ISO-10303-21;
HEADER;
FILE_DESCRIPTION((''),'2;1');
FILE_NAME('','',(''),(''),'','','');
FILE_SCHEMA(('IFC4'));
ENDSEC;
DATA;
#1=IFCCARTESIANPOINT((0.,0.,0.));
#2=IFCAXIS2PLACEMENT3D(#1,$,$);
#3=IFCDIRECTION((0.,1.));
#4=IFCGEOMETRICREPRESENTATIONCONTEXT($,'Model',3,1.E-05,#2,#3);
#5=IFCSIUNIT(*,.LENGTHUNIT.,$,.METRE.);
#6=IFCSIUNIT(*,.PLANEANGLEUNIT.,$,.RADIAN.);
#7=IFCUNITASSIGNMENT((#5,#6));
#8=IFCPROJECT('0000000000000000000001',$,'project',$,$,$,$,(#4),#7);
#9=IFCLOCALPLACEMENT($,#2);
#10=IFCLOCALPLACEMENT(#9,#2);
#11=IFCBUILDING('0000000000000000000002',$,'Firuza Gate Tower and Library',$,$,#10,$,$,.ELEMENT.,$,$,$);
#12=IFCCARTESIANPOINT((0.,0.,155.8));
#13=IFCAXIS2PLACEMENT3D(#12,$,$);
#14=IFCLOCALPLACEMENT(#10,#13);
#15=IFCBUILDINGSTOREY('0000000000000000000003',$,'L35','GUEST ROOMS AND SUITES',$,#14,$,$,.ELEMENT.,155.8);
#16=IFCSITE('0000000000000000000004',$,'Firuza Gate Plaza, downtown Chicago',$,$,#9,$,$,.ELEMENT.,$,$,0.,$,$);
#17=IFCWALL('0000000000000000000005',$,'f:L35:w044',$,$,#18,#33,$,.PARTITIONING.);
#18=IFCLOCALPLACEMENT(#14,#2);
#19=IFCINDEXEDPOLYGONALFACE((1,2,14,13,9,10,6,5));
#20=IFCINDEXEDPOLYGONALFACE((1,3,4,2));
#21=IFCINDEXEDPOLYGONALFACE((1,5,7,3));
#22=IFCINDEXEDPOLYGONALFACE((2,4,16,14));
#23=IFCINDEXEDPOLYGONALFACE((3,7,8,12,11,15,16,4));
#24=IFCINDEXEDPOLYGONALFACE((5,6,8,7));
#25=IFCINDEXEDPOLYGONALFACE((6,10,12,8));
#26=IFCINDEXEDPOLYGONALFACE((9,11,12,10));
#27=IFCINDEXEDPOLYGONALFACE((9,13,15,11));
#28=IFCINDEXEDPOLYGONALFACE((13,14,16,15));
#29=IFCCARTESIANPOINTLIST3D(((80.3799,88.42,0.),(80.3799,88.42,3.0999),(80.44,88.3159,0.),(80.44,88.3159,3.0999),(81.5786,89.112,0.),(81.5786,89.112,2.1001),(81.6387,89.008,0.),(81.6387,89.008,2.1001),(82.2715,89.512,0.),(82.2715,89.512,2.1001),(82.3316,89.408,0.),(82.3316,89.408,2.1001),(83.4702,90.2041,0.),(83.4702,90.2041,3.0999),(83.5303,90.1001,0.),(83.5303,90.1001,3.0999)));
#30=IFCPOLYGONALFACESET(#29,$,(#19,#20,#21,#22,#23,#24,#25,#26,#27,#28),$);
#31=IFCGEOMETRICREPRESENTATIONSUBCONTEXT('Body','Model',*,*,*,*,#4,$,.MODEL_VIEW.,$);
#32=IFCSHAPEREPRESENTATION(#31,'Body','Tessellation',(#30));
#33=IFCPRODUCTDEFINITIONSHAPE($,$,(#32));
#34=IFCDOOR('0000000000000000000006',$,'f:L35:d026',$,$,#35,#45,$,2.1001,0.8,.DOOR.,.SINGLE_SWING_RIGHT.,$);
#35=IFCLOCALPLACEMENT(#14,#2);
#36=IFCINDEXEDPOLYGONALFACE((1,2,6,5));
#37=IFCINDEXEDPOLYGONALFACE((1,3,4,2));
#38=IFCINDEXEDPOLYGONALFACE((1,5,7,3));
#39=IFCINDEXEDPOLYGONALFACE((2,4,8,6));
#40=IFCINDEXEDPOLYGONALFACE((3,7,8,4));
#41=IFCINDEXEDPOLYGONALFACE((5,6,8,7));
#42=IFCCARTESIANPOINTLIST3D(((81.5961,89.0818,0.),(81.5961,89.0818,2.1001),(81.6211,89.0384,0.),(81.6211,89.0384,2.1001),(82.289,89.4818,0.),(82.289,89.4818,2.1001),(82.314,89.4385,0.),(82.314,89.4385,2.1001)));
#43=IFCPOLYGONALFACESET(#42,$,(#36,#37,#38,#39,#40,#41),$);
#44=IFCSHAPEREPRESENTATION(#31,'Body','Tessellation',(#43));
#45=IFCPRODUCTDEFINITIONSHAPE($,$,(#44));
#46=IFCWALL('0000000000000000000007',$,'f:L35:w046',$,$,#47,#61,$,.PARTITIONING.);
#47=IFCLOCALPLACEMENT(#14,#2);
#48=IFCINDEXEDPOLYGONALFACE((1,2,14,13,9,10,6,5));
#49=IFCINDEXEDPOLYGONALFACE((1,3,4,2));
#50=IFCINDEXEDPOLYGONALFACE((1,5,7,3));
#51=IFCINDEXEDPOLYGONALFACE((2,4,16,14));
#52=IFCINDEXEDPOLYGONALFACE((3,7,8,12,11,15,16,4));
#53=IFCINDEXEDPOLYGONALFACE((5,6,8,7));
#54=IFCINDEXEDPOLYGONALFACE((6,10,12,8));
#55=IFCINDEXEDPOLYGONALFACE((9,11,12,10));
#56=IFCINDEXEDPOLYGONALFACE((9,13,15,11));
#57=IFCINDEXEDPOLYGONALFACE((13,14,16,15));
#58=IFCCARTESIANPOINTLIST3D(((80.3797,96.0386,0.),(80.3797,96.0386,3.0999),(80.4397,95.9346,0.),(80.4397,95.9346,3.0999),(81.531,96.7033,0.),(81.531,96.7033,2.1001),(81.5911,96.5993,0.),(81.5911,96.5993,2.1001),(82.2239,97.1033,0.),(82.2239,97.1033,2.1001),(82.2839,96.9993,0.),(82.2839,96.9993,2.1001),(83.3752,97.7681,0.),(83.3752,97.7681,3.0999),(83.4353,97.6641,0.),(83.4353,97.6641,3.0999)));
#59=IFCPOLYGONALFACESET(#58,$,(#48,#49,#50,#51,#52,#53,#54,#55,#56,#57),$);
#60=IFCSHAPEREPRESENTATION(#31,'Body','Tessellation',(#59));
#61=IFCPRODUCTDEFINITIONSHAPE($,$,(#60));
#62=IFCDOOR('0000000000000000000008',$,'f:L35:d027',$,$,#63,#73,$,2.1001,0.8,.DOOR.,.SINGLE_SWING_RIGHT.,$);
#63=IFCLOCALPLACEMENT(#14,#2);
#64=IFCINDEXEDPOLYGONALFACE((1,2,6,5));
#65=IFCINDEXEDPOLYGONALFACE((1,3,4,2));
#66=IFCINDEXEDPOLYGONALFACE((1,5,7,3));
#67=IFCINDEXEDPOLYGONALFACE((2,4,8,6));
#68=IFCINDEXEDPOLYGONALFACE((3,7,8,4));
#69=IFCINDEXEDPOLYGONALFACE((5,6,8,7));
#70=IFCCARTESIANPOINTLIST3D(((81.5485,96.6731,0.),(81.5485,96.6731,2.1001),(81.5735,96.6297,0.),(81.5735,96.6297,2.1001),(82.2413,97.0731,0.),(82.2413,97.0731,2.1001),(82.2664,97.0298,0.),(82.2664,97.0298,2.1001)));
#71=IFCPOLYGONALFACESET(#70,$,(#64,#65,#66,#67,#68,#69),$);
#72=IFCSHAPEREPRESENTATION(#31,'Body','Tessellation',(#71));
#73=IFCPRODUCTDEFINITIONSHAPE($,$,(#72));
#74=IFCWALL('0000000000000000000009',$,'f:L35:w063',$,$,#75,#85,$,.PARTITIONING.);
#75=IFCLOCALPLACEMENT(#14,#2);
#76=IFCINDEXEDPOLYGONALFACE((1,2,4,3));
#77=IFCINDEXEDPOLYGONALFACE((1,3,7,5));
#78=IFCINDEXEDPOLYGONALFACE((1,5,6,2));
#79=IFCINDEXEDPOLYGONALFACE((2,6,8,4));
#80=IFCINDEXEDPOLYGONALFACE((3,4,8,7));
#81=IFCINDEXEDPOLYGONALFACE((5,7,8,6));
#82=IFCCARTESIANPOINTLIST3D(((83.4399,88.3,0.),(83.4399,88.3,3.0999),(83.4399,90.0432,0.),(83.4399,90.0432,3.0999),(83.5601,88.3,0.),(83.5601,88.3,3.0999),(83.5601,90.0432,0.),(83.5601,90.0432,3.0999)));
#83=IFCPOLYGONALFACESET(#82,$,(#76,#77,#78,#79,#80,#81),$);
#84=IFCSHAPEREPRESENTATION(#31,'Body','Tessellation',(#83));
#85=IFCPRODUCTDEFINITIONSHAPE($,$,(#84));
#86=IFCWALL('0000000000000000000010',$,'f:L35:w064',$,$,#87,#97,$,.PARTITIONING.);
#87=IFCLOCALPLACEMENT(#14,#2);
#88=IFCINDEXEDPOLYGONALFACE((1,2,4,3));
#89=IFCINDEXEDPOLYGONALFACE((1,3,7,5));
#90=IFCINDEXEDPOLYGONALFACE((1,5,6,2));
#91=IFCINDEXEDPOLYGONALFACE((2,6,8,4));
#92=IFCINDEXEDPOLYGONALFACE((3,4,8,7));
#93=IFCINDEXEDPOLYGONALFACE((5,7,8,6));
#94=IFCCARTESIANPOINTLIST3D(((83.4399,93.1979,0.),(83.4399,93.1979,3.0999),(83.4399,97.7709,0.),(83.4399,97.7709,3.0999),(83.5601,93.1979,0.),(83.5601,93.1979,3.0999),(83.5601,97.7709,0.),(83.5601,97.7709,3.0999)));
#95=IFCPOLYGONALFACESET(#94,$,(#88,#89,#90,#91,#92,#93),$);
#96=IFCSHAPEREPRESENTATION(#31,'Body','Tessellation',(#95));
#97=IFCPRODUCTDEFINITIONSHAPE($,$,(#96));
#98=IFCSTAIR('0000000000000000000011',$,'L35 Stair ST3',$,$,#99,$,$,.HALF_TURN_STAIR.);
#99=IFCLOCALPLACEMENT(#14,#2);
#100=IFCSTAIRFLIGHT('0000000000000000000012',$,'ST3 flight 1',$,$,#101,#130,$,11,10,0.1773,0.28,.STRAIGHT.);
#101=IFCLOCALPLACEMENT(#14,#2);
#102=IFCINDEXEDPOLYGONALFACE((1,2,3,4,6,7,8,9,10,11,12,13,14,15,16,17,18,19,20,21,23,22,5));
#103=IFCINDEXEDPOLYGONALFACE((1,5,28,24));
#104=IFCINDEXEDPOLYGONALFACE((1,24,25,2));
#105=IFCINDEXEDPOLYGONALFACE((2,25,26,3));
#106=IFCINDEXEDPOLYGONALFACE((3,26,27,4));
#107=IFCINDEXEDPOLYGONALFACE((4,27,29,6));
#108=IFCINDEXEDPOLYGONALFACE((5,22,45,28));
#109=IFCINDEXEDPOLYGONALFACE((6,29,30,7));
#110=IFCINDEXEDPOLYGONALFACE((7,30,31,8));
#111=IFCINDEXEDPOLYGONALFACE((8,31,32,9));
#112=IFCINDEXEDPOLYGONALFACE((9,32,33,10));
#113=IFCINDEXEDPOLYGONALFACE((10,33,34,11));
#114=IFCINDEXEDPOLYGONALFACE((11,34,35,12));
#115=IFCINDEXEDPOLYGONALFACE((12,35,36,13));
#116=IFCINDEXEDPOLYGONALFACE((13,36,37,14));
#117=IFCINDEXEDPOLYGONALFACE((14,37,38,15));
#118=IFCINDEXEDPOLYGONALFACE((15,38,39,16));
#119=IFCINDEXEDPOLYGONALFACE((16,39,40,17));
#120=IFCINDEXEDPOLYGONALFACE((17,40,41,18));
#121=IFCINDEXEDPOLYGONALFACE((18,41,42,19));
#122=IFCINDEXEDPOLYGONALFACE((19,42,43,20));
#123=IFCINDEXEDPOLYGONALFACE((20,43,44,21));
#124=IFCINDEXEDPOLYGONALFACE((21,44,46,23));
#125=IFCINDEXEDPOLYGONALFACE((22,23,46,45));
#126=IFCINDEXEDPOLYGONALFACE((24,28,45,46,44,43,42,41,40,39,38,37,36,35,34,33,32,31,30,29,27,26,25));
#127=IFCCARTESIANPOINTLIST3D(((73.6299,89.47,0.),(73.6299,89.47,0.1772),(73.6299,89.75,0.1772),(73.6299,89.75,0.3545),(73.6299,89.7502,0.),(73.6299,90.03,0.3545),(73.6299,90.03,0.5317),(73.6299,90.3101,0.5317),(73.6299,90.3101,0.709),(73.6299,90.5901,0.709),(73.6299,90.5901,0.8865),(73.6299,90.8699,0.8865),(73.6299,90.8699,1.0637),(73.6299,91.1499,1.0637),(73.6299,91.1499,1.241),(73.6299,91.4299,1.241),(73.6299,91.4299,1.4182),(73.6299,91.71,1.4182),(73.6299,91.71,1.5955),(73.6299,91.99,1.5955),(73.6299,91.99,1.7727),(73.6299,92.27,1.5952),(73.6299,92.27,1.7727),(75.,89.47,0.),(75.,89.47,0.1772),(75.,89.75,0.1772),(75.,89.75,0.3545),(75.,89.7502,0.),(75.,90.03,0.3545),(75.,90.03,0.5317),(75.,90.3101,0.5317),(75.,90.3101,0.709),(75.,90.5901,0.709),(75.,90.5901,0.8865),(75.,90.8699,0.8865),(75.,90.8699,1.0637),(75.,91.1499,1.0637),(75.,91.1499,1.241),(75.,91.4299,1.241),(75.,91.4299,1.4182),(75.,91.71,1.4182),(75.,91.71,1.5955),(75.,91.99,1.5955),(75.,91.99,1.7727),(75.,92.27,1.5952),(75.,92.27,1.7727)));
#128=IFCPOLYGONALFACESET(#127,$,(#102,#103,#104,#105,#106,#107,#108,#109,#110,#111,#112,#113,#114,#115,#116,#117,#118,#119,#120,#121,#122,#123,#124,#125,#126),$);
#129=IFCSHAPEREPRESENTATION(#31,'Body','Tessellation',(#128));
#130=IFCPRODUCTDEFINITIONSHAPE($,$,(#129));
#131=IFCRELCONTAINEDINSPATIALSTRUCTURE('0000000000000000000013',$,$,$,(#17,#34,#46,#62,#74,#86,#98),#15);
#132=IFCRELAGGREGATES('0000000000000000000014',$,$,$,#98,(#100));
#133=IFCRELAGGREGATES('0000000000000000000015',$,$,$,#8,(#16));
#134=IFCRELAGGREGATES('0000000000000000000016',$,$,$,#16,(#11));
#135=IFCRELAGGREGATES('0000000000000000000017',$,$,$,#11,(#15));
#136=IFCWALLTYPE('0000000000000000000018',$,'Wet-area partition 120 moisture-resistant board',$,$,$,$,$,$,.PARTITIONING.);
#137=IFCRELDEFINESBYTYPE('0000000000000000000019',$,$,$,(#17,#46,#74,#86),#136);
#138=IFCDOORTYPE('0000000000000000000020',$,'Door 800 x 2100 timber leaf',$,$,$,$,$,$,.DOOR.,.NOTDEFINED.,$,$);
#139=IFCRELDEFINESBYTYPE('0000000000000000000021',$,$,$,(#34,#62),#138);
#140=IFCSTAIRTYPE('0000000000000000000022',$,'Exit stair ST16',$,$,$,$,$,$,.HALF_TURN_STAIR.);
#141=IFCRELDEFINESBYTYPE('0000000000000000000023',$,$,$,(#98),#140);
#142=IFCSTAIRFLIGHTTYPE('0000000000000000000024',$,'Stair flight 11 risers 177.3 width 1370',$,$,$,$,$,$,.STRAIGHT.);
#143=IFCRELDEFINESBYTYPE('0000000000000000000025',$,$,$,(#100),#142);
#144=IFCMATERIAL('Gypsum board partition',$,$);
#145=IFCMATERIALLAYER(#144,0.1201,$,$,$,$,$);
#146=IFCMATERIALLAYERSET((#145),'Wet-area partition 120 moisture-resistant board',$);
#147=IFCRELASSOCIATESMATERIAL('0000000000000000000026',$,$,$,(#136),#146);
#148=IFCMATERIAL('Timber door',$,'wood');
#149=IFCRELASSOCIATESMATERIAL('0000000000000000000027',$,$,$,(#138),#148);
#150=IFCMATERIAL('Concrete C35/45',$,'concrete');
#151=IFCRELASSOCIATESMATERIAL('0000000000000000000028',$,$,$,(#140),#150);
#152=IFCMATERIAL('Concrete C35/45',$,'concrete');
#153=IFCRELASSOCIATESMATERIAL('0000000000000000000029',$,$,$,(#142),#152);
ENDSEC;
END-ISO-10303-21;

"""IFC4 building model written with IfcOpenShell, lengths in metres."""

from ifc_helpers import new_model, si_unit, direction, frame, frame_2d, origin, place, context, subcontext, project, spatial, polyline, rectangle, outline, extrude, material, layer, layer_set, type_object, element, fill, aggregate, save


model = new_model("IFC4")

# Units and contexts
model_context = context("Model", 3, precision=1e-05, world=origin(), true_north=direction((0.0, 1.0)))
body_context = subcontext(model_context, "Body", "Model", "MODEL_VIEW")
ifc_project = project(units=[si_unit("LENGTHUNIT", "METRE"), si_unit("PLANEANGLEUNIT", "RADIAN")], contexts=[model_context])

# Site, building, storey
site_placement = place(None, origin())
site = spatial("IfcSite", under=ifc_project, at=site_placement, Name="Firuza Gate Plaza, downtown Chicago", CompositionType="ELEMENT", RefElevation=0.0)
building_placement = place(site_placement, origin())
building = spatial("IfcBuilding", under=site, at=building_placement, Name="Firuza Gate Tower and Library", CompositionType="ELEMENT")
storey_placement = place(building_placement, frame((0.0, 0.0, 155.8)))
storey = spatial("IfcBuildingStorey", under=building, at=storey_placement, Name="L35", Description="GUEST ROOMS AND SUITES", CompositionType="ELEMENT", Elevation=155.8)

# Shared definitions
ifc_material_1 = material(Name="Gypsum board partition")
ifc_layer_1 = layer(ifc_material_1, 0.1201)
ifc_layer_set_1 = layer_set([ifc_layer_1], Name="Wet-area partition 120 moisture-resistant board")
wall_type_1 = type_object("IfcWallType", Name="Wet-area partition 120 moisture-resistant board", PredefinedType="PARTITIONING", material=ifc_layer_set_1)

# Walls, openings, doors
ifc_material_2 = material(Name="Timber door", Category="wood")
door_type_1 = type_object("IfcDoorType", Name="Door 800 x 2100 timber leaf", OperationType="NOTDEFINED", PredefinedType="DOOR", material=ifc_material_2)
wall_1_placement = place(storey_placement, frame((83.5002, 90.1521, 0.0), z_axis=(0.0, 0.0, 1.0), x_axis=(-0.866028, -0.499995, 0.0)))
wall_1 = element("IfcWall", 1, at=wall_1_placement, inside=storey, type_object=wall_type_1, Name="f:L35:w044", PredefinedType="PARTITIONING", context=body_context, shape_type="SweptSolid", body=[
    extrude(rectangle(XDim=3.5684, YDim=0.1201, at=frame_2d((1.7842, 0.0))), origin(), (0.0, 0.0, 1.0), 3.0999),
])
opening_1_placement = place(wall_1_placement, frame((1.3843, 0.0, 0.0)))
opening_1 = element("IfcOpeningElement", 2, at=opening_1_placement, cuts=wall_1, PredefinedType="OPENING", context=body_context, shape_type="SweptSolid", body=[
    extrude(rectangle(XDim=0.8, YDim=2.1001, at=frame_2d((0.3999, 1.05))), frame((0.0, 0.0701, 0.0), z_axis=(0.0, -1.0, 0.0), x_axis=(1.0, 0.0, 0.0)), (0.0, 0.0, 1.0), 0.1401),
])
door_1_placement = place(opening_1_placement, origin())
door_1 = element("IfcDoor", 3, at=door_1_placement, inside=storey, type_object=door_type_1, Name="f:L35:d026", OperationType="SINGLE_SWING_RIGHT", OverallHeight=2.1001, OverallWidth=0.8, PredefinedType="DOOR", context=body_context, shape_type="SweptSolid", body=[
    extrude(rectangle(XDim=0.8, YDim=2.1001, at=frame_2d((0.3999, 1.05))), frame((0.0, 0.0249, 0.0), z_axis=(0.0, -1.0, 0.0), x_axis=(1.0, 0.0, 0.0)), (0.0, 0.0, 1.0), 0.05),
])
fill(opening_1, door_1)
wall_2_placement = place(storey_placement, frame((83.4053, 97.7161, 0.0), z_axis=(0.0, 0.0, 1.0), x_axis=(-0.866028, -0.499995, 0.0)))
wall_2 = element("IfcWall", 4, at=wall_2_placement, inside=storey, type_object=wall_type_1, Name="f:L35:w046", PredefinedType="PARTITIONING", context=body_context, shape_type="SweptSolid", body=[
    extrude(rectangle(XDim=3.459, YDim=0.1201, at=frame_2d((1.7295, 0.0))), origin(), (0.0, 0.0, 1.0), 3.0999),
])
opening_2_placement = place(wall_2_placement, frame((1.3296, 0.0, 0.0)))
opening_2 = element("IfcOpeningElement", 5, at=opening_2_placement, cuts=wall_2, PredefinedType="OPENING", context=body_context, shape_type="SweptSolid", body=[
    extrude(rectangle(XDim=0.8, YDim=2.1001, at=frame_2d((0.3999, 1.05))), frame((0.0, 0.0701, 0.0), z_axis=(0.0, -1.0, 0.0), x_axis=(1.0, 0.0, 0.0)), (0.0, 0.0, 1.0), 0.1401),
])
door_2_placement = place(opening_2_placement, origin())
door_2 = element("IfcDoor", 6, at=door_2_placement, inside=storey, type_object=door_type_1, Name="f:L35:d027", OperationType="SINGLE_SWING_RIGHT", OverallHeight=2.1001, OverallWidth=0.8, PredefinedType="DOOR", context=body_context, shape_type="SweptSolid", body=[
    extrude(rectangle(XDim=0.8, YDim=2.1001, at=frame_2d((0.3999, 1.05))), frame((0.0, 0.0249, 0.0), z_axis=(0.0, -1.0, 0.0), x_axis=(1.0, 0.0, 0.0)), (0.0, 0.0, 1.0), 0.05),
])
fill(opening_2, door_2)

# Walls
wall_3_placement = place(storey_placement, frame((83.5, 88.3, 0.0), z_axis=(0.0, 0.0, 1.0), x_axis=(0.0, 1.0, 0.0)))
element("IfcWall", 7, at=wall_3_placement, inside=storey, type_object=wall_type_1, Name="f:L35:w063", PredefinedType="PARTITIONING", context=body_context, shape_type="SweptSolid", body=[
    extrude(rectangle(XDim=1.7432, YDim=0.1201, at=frame_2d((0.8716, 0.0))), origin(), (0.0, 0.0, 1.0), 3.0999),
])
wall_4_placement = place(storey_placement, frame((83.5, 93.1978, 0.0), z_axis=(0.0, 0.0, 1.0), x_axis=(0.0, 1.0, 0.0)))
element("IfcWall", 8, at=wall_4_placement, inside=storey, type_object=wall_type_1, Name="f:L35:w064", PredefinedType="PARTITIONING", context=body_context, shape_type="SweptSolid", body=[
    extrude(rectangle(XDim=4.573, YDim=0.1201, at=frame_2d((2.2866, 0.0))), origin(), (0.0, 0.0, 1.0), 3.0999),
])

# Stair, stair flight
ifc_material_3 = material(Name="Concrete C35/45", Category="concrete")
stair_type = type_object("IfcStairType", Name="Exit stair ST16", PredefinedType="HALF_TURN_STAIR", material=ifc_material_3)
stair_placement = place(storey_placement, origin())
stair = element("IfcStair", 9, at=stair_placement, inside=storey, type_object=stair_type, Name="L35 Stair ST3", PredefinedType="HALF_TURN_STAIR")
ifc_material_4 = material(Name="Concrete C35/45", Category="concrete")
stair_flight_type = type_object("IfcStairFlightType", Name="Stair flight 11 risers 177.3 width 1370", PredefinedType="STRAIGHT", material=ifc_material_4)
stair_flight_placement = place(storey_placement, frame((74.3149, 89.47, 0.0), z_axis=(0.0, 0.0, 1.0), x_axis=(0.0, 1.0, 0.0)))
stair_flight = element("IfcStairFlight", 10, at=stair_flight_placement, type_object=stair_flight_type, Name="ST3 flight 1", NumberOfRisers=11, NumberOfTreads=10, PredefinedType="STRAIGHT", RiserHeight=0.1773, TreadLength=0.28, context=body_context, shape_type="SweptSolid", body=[
    extrude(outline(polyline([(0.0, 0.0), (0.0, 0.1772), (0.28, 0.1772), (0.28, 0.3545), (0.5601, 0.3545), (0.5601, 0.5317), (0.8401, 0.5317), (0.8401, 0.709), (1.1201, 0.709), (1.1201, 0.8865), (1.3999, 0.8865), (1.3999, 1.0637), (1.6799, 1.0637), (1.6799, 1.241), (1.96, 1.241), (1.96, 1.4182), (2.24, 1.4182), (2.24, 1.5955), (2.52, 1.5955), (2.52, 1.7727), (2.8, 1.7727), (2.8, 1.95), (2.8, 1.5952), (0.2803, 0.0), (0.0, 0.0)])), frame((0.0, 0.6851, 0.0), z_axis=(0.0, -1.0, 0.0), x_axis=(1.0, 0.0, 0.0)), (0.0, 0.0, 1.0), 1.3701),
])
aggregate(stair, [stair_flight])

save(model, "model.ifc")
